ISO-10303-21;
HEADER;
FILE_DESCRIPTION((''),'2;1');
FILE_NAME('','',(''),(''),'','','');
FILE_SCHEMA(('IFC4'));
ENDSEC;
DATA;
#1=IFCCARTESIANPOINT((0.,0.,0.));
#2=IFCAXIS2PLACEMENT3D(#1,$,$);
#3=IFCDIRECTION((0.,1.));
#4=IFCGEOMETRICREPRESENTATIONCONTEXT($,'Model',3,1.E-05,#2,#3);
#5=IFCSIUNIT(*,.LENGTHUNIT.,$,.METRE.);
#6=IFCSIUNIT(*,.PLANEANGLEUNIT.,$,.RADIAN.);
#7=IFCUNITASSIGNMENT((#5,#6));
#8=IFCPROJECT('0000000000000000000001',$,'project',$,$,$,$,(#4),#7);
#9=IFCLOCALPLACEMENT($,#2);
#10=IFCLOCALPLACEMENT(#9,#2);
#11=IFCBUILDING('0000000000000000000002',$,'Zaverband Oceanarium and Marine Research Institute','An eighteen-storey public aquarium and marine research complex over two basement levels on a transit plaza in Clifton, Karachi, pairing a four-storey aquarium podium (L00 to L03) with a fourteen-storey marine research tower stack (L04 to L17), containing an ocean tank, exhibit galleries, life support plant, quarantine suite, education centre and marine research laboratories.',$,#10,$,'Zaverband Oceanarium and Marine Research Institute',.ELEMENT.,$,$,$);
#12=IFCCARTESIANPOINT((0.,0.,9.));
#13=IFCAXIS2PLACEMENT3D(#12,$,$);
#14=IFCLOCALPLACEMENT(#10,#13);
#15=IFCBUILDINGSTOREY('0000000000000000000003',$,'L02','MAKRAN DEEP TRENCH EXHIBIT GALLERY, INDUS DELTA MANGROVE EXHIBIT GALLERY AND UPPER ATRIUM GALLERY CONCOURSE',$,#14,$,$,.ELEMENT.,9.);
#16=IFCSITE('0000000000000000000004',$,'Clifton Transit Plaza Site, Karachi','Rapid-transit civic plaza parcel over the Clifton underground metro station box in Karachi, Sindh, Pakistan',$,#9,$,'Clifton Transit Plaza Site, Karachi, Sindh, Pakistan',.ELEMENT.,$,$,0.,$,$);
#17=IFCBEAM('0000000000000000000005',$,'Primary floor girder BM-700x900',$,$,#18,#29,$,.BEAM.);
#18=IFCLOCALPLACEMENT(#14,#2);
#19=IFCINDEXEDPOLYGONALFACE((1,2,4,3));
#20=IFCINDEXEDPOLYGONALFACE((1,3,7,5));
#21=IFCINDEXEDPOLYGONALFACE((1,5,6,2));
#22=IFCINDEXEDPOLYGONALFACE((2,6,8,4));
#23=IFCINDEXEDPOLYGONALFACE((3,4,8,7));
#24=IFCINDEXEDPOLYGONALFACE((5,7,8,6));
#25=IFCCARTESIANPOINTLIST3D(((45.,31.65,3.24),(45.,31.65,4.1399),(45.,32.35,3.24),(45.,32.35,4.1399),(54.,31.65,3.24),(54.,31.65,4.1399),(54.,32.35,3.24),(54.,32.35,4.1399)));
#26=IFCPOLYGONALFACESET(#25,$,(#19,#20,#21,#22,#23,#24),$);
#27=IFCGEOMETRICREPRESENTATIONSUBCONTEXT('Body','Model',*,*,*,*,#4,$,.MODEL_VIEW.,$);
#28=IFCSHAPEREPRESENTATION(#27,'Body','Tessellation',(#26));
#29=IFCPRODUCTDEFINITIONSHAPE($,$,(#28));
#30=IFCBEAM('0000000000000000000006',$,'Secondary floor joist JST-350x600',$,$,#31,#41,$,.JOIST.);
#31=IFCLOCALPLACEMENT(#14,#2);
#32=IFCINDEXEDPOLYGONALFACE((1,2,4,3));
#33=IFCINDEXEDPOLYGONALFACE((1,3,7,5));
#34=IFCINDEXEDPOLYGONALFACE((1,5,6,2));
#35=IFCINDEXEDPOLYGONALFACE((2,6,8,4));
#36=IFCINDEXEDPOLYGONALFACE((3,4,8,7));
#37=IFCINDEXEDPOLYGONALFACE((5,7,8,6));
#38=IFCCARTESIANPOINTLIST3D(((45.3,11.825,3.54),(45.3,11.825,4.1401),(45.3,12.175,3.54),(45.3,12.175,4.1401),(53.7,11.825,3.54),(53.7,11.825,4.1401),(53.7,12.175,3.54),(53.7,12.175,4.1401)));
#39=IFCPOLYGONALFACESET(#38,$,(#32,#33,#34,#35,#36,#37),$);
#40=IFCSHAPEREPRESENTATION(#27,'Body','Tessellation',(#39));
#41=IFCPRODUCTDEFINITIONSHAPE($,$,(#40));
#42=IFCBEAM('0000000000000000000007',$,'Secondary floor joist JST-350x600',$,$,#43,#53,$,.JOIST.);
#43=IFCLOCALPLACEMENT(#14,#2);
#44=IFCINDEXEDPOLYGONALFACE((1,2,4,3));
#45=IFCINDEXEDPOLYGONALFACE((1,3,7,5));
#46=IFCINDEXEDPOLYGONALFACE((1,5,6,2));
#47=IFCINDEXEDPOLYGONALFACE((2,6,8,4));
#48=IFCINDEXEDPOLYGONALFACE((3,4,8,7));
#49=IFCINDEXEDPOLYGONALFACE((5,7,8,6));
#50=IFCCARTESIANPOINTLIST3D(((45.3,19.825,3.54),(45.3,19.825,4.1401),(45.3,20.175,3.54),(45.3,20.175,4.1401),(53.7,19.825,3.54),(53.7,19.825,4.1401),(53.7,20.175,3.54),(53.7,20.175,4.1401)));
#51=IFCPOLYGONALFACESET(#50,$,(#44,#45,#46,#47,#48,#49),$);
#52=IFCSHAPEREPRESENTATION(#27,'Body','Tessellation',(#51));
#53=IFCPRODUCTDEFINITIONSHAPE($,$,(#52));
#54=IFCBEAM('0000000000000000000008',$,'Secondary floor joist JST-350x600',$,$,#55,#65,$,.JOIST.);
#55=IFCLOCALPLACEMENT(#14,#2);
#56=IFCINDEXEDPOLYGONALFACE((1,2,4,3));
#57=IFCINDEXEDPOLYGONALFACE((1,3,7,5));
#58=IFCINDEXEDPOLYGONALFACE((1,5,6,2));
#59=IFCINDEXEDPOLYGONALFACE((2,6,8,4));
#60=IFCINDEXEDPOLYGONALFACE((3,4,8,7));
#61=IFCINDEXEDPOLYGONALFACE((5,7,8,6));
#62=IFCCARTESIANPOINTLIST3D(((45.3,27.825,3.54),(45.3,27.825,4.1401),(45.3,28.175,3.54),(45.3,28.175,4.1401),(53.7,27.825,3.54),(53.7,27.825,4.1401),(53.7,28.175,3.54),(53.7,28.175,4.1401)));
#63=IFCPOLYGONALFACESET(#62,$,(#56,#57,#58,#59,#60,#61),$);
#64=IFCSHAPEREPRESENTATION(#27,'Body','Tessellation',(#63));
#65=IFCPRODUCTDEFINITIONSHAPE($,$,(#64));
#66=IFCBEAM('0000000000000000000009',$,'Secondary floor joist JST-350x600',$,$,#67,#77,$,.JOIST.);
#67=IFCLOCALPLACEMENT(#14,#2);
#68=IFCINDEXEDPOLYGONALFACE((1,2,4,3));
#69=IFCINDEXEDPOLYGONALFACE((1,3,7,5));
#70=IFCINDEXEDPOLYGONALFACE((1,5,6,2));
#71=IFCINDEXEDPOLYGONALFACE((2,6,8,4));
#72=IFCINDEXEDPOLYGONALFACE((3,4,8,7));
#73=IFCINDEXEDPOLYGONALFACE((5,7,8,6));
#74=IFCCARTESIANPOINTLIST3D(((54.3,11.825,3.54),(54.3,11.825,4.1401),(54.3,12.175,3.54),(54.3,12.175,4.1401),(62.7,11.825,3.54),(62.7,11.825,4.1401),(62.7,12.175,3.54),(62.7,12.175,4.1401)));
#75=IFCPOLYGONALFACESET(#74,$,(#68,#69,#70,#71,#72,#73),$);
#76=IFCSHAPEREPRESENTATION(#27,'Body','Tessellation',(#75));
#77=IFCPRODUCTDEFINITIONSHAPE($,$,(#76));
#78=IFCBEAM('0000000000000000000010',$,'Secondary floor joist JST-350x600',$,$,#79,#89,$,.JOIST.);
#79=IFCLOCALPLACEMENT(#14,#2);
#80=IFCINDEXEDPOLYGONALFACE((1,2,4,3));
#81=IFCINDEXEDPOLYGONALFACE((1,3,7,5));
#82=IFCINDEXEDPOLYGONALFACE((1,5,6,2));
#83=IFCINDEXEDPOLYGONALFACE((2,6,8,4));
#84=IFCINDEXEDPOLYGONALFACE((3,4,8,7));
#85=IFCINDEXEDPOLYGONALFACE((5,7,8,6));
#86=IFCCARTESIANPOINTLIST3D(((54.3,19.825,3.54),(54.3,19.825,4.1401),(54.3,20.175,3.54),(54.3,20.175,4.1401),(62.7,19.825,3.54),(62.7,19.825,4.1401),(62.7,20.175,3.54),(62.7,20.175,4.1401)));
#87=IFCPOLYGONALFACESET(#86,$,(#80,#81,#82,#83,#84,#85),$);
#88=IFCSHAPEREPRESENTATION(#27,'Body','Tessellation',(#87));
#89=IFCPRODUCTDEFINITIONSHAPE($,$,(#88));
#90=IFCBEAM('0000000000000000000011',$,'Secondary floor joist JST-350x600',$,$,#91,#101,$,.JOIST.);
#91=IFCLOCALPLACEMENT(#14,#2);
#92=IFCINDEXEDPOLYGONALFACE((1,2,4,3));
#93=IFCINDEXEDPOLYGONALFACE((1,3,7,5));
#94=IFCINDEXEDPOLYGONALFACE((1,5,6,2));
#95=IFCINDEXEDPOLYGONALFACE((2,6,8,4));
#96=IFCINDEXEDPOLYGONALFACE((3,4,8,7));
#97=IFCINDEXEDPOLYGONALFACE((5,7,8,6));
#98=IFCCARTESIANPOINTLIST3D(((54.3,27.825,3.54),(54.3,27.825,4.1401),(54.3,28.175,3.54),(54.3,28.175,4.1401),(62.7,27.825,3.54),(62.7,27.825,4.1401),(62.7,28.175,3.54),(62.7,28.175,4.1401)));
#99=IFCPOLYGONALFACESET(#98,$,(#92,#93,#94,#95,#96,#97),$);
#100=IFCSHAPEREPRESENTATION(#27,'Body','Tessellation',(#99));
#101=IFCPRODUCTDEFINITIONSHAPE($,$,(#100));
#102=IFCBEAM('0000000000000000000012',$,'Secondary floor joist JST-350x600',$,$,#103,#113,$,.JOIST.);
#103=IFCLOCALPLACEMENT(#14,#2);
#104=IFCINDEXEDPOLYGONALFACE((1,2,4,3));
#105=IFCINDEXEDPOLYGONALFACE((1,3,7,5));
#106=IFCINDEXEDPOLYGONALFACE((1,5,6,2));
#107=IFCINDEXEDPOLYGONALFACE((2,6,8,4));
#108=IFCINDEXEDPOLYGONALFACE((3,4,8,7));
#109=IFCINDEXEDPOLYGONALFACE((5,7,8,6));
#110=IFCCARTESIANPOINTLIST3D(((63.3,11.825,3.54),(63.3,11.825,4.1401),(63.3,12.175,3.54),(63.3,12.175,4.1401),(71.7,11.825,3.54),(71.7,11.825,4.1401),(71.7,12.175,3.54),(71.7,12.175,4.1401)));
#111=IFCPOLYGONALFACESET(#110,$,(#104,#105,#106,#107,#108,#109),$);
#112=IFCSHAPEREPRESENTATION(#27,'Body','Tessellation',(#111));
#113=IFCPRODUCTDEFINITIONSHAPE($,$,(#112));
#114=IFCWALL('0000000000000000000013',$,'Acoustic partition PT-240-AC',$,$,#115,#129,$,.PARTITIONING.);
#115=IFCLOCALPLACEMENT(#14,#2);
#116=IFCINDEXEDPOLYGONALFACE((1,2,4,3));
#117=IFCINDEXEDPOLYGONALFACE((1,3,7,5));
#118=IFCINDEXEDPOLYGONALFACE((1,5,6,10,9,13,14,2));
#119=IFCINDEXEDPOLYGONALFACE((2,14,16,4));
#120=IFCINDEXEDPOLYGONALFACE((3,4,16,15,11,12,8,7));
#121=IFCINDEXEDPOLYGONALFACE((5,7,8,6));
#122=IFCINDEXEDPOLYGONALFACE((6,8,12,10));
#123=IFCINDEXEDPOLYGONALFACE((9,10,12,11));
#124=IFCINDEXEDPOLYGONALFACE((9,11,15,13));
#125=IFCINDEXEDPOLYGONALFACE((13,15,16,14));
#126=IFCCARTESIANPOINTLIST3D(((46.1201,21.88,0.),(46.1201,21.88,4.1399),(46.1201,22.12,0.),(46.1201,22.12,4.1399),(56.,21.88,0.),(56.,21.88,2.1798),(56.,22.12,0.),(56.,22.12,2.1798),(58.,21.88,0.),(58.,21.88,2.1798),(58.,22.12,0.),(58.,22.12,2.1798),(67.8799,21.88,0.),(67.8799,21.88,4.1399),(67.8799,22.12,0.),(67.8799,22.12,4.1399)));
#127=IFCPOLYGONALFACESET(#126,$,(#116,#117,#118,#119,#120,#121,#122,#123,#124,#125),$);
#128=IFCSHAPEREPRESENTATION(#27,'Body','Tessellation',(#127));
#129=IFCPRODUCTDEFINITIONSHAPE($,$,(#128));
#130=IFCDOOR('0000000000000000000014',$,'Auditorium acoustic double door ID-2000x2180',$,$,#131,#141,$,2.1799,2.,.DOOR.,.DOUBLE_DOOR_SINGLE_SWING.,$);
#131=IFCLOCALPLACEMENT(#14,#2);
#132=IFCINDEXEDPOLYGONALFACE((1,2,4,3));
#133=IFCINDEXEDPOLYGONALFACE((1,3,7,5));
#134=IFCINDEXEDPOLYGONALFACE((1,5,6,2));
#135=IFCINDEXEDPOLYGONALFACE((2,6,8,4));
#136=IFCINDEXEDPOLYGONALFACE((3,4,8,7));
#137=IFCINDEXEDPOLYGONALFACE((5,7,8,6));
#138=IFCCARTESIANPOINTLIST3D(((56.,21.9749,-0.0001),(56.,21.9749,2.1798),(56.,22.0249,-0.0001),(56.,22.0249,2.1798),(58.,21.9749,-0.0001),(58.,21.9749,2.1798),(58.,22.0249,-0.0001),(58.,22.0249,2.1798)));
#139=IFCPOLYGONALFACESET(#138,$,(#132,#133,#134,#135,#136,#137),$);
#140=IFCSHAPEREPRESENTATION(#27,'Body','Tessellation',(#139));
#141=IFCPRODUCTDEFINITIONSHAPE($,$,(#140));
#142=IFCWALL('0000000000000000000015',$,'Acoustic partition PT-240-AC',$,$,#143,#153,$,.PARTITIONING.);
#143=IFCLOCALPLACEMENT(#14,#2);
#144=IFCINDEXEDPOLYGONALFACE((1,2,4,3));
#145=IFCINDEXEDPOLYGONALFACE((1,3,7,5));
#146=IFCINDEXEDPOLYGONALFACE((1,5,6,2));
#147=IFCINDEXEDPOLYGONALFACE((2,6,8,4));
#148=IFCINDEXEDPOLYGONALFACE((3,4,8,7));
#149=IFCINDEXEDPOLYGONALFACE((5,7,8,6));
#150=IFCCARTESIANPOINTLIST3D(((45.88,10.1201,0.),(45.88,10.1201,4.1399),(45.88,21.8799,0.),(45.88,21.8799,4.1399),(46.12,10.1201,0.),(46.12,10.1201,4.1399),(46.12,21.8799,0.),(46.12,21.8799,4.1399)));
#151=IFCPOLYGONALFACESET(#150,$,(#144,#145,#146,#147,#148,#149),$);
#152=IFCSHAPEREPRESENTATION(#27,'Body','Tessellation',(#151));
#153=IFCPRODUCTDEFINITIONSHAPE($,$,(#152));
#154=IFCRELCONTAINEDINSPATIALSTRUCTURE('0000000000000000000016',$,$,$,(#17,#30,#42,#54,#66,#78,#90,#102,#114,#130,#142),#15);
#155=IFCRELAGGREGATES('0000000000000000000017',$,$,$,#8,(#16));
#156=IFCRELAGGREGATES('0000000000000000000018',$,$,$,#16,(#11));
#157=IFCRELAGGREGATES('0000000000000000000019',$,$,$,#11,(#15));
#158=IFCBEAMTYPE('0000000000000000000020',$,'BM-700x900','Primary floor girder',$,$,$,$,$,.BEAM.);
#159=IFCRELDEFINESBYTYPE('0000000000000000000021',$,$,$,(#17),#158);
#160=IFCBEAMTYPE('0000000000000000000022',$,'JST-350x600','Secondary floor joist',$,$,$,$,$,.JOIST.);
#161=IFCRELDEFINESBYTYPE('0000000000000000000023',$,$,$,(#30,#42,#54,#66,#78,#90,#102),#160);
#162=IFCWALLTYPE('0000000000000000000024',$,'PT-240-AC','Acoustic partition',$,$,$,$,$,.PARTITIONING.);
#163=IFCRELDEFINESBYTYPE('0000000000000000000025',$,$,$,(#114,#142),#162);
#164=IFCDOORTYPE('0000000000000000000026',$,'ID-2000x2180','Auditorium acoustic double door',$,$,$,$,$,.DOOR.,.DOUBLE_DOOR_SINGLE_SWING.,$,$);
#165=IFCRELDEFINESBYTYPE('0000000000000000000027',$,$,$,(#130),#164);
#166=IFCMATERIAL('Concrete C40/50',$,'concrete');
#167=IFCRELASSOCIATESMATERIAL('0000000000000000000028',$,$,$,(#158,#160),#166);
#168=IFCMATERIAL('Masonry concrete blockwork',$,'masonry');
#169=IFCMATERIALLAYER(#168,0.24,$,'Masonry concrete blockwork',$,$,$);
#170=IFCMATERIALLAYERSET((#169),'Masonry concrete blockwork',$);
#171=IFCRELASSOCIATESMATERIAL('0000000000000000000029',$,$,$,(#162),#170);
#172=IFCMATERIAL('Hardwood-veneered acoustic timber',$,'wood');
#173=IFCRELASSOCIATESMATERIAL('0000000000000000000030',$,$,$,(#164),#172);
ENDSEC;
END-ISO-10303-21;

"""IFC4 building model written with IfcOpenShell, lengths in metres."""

from ifc_helpers import new_model, si_unit, direction, frame, frame_2d, origin, origin_2d, place, context, subcontext, project, spatial, rectangle, extrude, material, layer, layer_set, material_profile, profile_set, type_object, element, fill, save


model = new_model("IFC4")

# Units and contexts
model_context = context("Model", 3, precision=1e-05, world=origin(), true_north=direction((0.0, 1.0)))
body_context = subcontext(model_context, "Body", "Model", "MODEL_VIEW")
ifc_project = project(units=[si_unit("LENGTHUNIT", "METRE"), si_unit("PLANEANGLEUNIT", "RADIAN")], contexts=[model_context])

# Site, building, storey
site_placement = place(None, origin())
site = spatial("IfcSite", under=ifc_project, at=site_placement, Name="Clifton Transit Plaza Site, Karachi", Description="Rapid-transit civic plaza parcel over the Clifton underground metro station box in Karachi, Sindh, Pakistan", LongName="Clifton Transit Plaza Site, Karachi, Sindh, Pakistan", CompositionType="ELEMENT", RefElevation=0.0)
building_placement = place(site_placement, origin())
building = spatial("IfcBuilding", under=site, at=building_placement, Name="Zaverband Oceanarium and Marine Research Institute", Description="An eighteen-storey public aquarium and marine research complex over two basement levels on a transit plaza in Clifton, Karachi, pairing a four-storey aquarium podium (L00 to L03) with a fourteen-storey marine research tower stack (L04 to L17), containing an ocean tank, exhibit galleries, life support plant, quarantine suite, education centre and marine research laboratories.", LongName="Zaverband Oceanarium and Marine Research Institute", CompositionType="ELEMENT")
storey_placement = place(building_placement, frame((0.0, 0.0, 9.0)))
storey = spatial("IfcBuildingStorey", under=building, at=storey_placement, Name="L02", Description="MAKRAN DEEP TRENCH EXHIBIT GALLERY, INDUS DELTA MANGROVE EXHIBIT GALLERY AND UPPER ATRIUM GALLERY CONCOURSE", CompositionType="ELEMENT", Elevation=9.0)

# Beams
ifc_material_1 = material(Name="Concrete C40/50", Category="concrete")
ifc_material_profile_1 = material_profile(ifc_material_1, rectangle(XDim=0.7, YDim=0.8999, at=origin_2d()), Name="RC700x900")
ifc_profile_set_1 = profile_set([ifc_material_profile_1], Name="Concrete C40/50")
beam_type_1 = type_object("IfcBeamType", Name="BM-700x900", Description="Primary floor girder", PredefinedType="BEAM", material=ifc_profile_set_1)
for number, where, z_axis, x_axis, name in (
    (1, (45.0, 32.0, 3.6899), (1.0, 0.0, 0.0), (0.0, 1.0, 0.0), "Primary floor girder BM-700x900"),
):
    element("IfcBeam", number, at=place(storey_placement, frame(where, z_axis=z_axis, x_axis=x_axis)), inside=storey, type_object=beam_type_1, Name=name, PredefinedType="BEAM", context=body_context, shape_type="SweptSolid", body=[
        extrude(rectangle(XDim=0.7, YDim=0.8999, at=origin_2d()), origin(), (0.0, 0.0, 1.0), 9.0),
    ])
ifc_material_profile_2 = material_profile(ifc_material_1, rectangle(XDim=0.3501, YDim=0.6001, at=origin_2d()), Name="RC350x600")
ifc_profile_set_2 = profile_set([ifc_material_profile_2], Name="Concrete C40/50")
beam_type_2 = type_object("IfcBeamType", Name="JST-350x600", Description="Secondary floor joist", PredefinedType="JOIST", material=ifc_profile_set_2)
for number, where, z_axis, x_axis, name in (
    (2, (45.3, 12.0, 3.8401), (1.0, 0.0, 0.0), (0.0, 1.0, 0.0), "Secondary floor joist JST-350x600"),
    (3, (45.3, 20.0, 3.8401), (1.0, 0.0, 0.0), (0.0, 1.0, 0.0), "Secondary floor joist JST-350x600"),
    (4, (45.3, 28.0, 3.8401), (1.0, 0.0, 0.0), (0.0, 1.0, 0.0), "Secondary floor joist JST-350x600"),
    (5, (54.3, 12.0, 3.8401), (1.0, 0.0, 0.0), (0.0, 1.0, 0.0), "Secondary floor joist JST-350x600"),
    (6, (54.3, 20.0, 3.8401), (1.0, 0.0, 0.0), (0.0, 1.0, 0.0), "Secondary floor joist JST-350x600"),
    (7, (54.3, 28.0, 3.8401), (1.0, 0.0, 0.0), (0.0, 1.0, 0.0), "Secondary floor joist JST-350x600"),
    (8, (63.3, 12.0, 3.8401), (1.0, 0.0, 0.0), (0.0, 1.0, 0.0), "Secondary floor joist JST-350x600"),
):
    element("IfcBeam", number, at=place(storey_placement, frame(where, z_axis=z_axis, x_axis=x_axis)), inside=storey, type_object=beam_type_2, Name=name, PredefinedType="JOIST", context=body_context, shape_type="SweptSolid", body=[
        extrude(rectangle(XDim=0.3501, YDim=0.6001, at=origin_2d()), origin(), (0.0, 0.0, 1.0), 8.3999),
    ])

# Wall, opening, door
ifc_material_2 = material(Name="Masonry concrete blockwork", Category="masonry")
ifc_layer = layer(ifc_material_2, 0.24, Name="Masonry concrete blockwork")
ifc_layer_set = layer_set([ifc_layer], Name="Masonry concrete blockwork")
wall_type = type_object("IfcWallType", Name="PT-240-AC", Description="Acoustic partition", PredefinedType="PARTITIONING", material=ifc_layer_set)
wall_1_placement = place(storey_placement, frame((46.1201, 22.0, 0.0), z_axis=(0.0, 0.0, 1.0), x_axis=(1.0, 0.0, 0.0)))
wall_1 = element("IfcWall", 9, at=wall_1_placement, inside=storey, type_object=wall_type, Name="Acoustic partition PT-240-AC", PredefinedType="PARTITIONING", context=body_context, shape_type="SweptSolid", body=[
    extrude(rectangle(XDim=21.7598, YDim=0.24, at=frame_2d((10.8799, 0.0))), origin(), (0.0, 0.0, 1.0), 4.1399),
])
opening_placement = place(wall_1_placement, frame((9.8799, 0.0, 0.0)))
opening = element("IfcOpeningElement", 10, at=opening_placement, cuts=wall_1, PredefinedType="OPENING", context=body_context, shape_type="SweptSolid", body=[
    extrude(rectangle(XDim=2.0, YDim=2.1799, at=frame_2d((1.0, 1.0898))), frame((0.0, 0.1318, 0.0), z_axis=(0.0, -1.0, 0.0), x_axis=(1.0, 0.0, 0.0)), (0.0, 0.0, 1.0), 0.2639),
])
ifc_material_3 = material(Name="Hardwood-veneered acoustic timber", Category="wood")
door_type = type_object("IfcDoorType", Name="ID-2000x2180", Description="Auditorium acoustic double door", OperationType="DOUBLE_DOOR_SINGLE_SWING", PredefinedType="DOOR", material=ifc_material_3)
door_placement = place(opening_placement, origin())
door = element("IfcDoor", 11, at=door_placement, inside=storey, type_object=door_type, Name="Auditorium acoustic double door ID-2000x2180", OperationType="DOUBLE_DOOR_SINGLE_SWING", OverallHeight=2.1799, OverallWidth=2.0, PredefinedType="DOOR", context=body_context, shape_type="SweptSolid", body=[
    extrude(rectangle(XDim=2.0, YDim=2.1799, at=frame_2d((1.0, 1.0898))), frame((0.0, 0.0249, 0.0), z_axis=(0.0, -1.0, 0.0), x_axis=(1.0, 0.0, 0.0)), (0.0, 0.0, 1.0), 0.05),
])
fill(opening, door)

# Wall
wall_2_placement = place(storey_placement, frame((46.0, 10.1201, 0.0), z_axis=(0.0, 0.0, 1.0), x_axis=(0.0, 1.0, 0.0)))
element("IfcWall", 12, at=wall_2_placement, inside=storey, type_object=wall_type, Name="Acoustic partition PT-240-AC", PredefinedType="PARTITIONING", context=body_context, shape_type="SweptSolid", body=[
    extrude(rectangle(XDim=11.7598, YDim=0.24, at=frame_2d((5.8799, 0.0))), origin(), (0.0, 0.0, 1.0), 4.1399),
])

save(model, "model.ifc")
